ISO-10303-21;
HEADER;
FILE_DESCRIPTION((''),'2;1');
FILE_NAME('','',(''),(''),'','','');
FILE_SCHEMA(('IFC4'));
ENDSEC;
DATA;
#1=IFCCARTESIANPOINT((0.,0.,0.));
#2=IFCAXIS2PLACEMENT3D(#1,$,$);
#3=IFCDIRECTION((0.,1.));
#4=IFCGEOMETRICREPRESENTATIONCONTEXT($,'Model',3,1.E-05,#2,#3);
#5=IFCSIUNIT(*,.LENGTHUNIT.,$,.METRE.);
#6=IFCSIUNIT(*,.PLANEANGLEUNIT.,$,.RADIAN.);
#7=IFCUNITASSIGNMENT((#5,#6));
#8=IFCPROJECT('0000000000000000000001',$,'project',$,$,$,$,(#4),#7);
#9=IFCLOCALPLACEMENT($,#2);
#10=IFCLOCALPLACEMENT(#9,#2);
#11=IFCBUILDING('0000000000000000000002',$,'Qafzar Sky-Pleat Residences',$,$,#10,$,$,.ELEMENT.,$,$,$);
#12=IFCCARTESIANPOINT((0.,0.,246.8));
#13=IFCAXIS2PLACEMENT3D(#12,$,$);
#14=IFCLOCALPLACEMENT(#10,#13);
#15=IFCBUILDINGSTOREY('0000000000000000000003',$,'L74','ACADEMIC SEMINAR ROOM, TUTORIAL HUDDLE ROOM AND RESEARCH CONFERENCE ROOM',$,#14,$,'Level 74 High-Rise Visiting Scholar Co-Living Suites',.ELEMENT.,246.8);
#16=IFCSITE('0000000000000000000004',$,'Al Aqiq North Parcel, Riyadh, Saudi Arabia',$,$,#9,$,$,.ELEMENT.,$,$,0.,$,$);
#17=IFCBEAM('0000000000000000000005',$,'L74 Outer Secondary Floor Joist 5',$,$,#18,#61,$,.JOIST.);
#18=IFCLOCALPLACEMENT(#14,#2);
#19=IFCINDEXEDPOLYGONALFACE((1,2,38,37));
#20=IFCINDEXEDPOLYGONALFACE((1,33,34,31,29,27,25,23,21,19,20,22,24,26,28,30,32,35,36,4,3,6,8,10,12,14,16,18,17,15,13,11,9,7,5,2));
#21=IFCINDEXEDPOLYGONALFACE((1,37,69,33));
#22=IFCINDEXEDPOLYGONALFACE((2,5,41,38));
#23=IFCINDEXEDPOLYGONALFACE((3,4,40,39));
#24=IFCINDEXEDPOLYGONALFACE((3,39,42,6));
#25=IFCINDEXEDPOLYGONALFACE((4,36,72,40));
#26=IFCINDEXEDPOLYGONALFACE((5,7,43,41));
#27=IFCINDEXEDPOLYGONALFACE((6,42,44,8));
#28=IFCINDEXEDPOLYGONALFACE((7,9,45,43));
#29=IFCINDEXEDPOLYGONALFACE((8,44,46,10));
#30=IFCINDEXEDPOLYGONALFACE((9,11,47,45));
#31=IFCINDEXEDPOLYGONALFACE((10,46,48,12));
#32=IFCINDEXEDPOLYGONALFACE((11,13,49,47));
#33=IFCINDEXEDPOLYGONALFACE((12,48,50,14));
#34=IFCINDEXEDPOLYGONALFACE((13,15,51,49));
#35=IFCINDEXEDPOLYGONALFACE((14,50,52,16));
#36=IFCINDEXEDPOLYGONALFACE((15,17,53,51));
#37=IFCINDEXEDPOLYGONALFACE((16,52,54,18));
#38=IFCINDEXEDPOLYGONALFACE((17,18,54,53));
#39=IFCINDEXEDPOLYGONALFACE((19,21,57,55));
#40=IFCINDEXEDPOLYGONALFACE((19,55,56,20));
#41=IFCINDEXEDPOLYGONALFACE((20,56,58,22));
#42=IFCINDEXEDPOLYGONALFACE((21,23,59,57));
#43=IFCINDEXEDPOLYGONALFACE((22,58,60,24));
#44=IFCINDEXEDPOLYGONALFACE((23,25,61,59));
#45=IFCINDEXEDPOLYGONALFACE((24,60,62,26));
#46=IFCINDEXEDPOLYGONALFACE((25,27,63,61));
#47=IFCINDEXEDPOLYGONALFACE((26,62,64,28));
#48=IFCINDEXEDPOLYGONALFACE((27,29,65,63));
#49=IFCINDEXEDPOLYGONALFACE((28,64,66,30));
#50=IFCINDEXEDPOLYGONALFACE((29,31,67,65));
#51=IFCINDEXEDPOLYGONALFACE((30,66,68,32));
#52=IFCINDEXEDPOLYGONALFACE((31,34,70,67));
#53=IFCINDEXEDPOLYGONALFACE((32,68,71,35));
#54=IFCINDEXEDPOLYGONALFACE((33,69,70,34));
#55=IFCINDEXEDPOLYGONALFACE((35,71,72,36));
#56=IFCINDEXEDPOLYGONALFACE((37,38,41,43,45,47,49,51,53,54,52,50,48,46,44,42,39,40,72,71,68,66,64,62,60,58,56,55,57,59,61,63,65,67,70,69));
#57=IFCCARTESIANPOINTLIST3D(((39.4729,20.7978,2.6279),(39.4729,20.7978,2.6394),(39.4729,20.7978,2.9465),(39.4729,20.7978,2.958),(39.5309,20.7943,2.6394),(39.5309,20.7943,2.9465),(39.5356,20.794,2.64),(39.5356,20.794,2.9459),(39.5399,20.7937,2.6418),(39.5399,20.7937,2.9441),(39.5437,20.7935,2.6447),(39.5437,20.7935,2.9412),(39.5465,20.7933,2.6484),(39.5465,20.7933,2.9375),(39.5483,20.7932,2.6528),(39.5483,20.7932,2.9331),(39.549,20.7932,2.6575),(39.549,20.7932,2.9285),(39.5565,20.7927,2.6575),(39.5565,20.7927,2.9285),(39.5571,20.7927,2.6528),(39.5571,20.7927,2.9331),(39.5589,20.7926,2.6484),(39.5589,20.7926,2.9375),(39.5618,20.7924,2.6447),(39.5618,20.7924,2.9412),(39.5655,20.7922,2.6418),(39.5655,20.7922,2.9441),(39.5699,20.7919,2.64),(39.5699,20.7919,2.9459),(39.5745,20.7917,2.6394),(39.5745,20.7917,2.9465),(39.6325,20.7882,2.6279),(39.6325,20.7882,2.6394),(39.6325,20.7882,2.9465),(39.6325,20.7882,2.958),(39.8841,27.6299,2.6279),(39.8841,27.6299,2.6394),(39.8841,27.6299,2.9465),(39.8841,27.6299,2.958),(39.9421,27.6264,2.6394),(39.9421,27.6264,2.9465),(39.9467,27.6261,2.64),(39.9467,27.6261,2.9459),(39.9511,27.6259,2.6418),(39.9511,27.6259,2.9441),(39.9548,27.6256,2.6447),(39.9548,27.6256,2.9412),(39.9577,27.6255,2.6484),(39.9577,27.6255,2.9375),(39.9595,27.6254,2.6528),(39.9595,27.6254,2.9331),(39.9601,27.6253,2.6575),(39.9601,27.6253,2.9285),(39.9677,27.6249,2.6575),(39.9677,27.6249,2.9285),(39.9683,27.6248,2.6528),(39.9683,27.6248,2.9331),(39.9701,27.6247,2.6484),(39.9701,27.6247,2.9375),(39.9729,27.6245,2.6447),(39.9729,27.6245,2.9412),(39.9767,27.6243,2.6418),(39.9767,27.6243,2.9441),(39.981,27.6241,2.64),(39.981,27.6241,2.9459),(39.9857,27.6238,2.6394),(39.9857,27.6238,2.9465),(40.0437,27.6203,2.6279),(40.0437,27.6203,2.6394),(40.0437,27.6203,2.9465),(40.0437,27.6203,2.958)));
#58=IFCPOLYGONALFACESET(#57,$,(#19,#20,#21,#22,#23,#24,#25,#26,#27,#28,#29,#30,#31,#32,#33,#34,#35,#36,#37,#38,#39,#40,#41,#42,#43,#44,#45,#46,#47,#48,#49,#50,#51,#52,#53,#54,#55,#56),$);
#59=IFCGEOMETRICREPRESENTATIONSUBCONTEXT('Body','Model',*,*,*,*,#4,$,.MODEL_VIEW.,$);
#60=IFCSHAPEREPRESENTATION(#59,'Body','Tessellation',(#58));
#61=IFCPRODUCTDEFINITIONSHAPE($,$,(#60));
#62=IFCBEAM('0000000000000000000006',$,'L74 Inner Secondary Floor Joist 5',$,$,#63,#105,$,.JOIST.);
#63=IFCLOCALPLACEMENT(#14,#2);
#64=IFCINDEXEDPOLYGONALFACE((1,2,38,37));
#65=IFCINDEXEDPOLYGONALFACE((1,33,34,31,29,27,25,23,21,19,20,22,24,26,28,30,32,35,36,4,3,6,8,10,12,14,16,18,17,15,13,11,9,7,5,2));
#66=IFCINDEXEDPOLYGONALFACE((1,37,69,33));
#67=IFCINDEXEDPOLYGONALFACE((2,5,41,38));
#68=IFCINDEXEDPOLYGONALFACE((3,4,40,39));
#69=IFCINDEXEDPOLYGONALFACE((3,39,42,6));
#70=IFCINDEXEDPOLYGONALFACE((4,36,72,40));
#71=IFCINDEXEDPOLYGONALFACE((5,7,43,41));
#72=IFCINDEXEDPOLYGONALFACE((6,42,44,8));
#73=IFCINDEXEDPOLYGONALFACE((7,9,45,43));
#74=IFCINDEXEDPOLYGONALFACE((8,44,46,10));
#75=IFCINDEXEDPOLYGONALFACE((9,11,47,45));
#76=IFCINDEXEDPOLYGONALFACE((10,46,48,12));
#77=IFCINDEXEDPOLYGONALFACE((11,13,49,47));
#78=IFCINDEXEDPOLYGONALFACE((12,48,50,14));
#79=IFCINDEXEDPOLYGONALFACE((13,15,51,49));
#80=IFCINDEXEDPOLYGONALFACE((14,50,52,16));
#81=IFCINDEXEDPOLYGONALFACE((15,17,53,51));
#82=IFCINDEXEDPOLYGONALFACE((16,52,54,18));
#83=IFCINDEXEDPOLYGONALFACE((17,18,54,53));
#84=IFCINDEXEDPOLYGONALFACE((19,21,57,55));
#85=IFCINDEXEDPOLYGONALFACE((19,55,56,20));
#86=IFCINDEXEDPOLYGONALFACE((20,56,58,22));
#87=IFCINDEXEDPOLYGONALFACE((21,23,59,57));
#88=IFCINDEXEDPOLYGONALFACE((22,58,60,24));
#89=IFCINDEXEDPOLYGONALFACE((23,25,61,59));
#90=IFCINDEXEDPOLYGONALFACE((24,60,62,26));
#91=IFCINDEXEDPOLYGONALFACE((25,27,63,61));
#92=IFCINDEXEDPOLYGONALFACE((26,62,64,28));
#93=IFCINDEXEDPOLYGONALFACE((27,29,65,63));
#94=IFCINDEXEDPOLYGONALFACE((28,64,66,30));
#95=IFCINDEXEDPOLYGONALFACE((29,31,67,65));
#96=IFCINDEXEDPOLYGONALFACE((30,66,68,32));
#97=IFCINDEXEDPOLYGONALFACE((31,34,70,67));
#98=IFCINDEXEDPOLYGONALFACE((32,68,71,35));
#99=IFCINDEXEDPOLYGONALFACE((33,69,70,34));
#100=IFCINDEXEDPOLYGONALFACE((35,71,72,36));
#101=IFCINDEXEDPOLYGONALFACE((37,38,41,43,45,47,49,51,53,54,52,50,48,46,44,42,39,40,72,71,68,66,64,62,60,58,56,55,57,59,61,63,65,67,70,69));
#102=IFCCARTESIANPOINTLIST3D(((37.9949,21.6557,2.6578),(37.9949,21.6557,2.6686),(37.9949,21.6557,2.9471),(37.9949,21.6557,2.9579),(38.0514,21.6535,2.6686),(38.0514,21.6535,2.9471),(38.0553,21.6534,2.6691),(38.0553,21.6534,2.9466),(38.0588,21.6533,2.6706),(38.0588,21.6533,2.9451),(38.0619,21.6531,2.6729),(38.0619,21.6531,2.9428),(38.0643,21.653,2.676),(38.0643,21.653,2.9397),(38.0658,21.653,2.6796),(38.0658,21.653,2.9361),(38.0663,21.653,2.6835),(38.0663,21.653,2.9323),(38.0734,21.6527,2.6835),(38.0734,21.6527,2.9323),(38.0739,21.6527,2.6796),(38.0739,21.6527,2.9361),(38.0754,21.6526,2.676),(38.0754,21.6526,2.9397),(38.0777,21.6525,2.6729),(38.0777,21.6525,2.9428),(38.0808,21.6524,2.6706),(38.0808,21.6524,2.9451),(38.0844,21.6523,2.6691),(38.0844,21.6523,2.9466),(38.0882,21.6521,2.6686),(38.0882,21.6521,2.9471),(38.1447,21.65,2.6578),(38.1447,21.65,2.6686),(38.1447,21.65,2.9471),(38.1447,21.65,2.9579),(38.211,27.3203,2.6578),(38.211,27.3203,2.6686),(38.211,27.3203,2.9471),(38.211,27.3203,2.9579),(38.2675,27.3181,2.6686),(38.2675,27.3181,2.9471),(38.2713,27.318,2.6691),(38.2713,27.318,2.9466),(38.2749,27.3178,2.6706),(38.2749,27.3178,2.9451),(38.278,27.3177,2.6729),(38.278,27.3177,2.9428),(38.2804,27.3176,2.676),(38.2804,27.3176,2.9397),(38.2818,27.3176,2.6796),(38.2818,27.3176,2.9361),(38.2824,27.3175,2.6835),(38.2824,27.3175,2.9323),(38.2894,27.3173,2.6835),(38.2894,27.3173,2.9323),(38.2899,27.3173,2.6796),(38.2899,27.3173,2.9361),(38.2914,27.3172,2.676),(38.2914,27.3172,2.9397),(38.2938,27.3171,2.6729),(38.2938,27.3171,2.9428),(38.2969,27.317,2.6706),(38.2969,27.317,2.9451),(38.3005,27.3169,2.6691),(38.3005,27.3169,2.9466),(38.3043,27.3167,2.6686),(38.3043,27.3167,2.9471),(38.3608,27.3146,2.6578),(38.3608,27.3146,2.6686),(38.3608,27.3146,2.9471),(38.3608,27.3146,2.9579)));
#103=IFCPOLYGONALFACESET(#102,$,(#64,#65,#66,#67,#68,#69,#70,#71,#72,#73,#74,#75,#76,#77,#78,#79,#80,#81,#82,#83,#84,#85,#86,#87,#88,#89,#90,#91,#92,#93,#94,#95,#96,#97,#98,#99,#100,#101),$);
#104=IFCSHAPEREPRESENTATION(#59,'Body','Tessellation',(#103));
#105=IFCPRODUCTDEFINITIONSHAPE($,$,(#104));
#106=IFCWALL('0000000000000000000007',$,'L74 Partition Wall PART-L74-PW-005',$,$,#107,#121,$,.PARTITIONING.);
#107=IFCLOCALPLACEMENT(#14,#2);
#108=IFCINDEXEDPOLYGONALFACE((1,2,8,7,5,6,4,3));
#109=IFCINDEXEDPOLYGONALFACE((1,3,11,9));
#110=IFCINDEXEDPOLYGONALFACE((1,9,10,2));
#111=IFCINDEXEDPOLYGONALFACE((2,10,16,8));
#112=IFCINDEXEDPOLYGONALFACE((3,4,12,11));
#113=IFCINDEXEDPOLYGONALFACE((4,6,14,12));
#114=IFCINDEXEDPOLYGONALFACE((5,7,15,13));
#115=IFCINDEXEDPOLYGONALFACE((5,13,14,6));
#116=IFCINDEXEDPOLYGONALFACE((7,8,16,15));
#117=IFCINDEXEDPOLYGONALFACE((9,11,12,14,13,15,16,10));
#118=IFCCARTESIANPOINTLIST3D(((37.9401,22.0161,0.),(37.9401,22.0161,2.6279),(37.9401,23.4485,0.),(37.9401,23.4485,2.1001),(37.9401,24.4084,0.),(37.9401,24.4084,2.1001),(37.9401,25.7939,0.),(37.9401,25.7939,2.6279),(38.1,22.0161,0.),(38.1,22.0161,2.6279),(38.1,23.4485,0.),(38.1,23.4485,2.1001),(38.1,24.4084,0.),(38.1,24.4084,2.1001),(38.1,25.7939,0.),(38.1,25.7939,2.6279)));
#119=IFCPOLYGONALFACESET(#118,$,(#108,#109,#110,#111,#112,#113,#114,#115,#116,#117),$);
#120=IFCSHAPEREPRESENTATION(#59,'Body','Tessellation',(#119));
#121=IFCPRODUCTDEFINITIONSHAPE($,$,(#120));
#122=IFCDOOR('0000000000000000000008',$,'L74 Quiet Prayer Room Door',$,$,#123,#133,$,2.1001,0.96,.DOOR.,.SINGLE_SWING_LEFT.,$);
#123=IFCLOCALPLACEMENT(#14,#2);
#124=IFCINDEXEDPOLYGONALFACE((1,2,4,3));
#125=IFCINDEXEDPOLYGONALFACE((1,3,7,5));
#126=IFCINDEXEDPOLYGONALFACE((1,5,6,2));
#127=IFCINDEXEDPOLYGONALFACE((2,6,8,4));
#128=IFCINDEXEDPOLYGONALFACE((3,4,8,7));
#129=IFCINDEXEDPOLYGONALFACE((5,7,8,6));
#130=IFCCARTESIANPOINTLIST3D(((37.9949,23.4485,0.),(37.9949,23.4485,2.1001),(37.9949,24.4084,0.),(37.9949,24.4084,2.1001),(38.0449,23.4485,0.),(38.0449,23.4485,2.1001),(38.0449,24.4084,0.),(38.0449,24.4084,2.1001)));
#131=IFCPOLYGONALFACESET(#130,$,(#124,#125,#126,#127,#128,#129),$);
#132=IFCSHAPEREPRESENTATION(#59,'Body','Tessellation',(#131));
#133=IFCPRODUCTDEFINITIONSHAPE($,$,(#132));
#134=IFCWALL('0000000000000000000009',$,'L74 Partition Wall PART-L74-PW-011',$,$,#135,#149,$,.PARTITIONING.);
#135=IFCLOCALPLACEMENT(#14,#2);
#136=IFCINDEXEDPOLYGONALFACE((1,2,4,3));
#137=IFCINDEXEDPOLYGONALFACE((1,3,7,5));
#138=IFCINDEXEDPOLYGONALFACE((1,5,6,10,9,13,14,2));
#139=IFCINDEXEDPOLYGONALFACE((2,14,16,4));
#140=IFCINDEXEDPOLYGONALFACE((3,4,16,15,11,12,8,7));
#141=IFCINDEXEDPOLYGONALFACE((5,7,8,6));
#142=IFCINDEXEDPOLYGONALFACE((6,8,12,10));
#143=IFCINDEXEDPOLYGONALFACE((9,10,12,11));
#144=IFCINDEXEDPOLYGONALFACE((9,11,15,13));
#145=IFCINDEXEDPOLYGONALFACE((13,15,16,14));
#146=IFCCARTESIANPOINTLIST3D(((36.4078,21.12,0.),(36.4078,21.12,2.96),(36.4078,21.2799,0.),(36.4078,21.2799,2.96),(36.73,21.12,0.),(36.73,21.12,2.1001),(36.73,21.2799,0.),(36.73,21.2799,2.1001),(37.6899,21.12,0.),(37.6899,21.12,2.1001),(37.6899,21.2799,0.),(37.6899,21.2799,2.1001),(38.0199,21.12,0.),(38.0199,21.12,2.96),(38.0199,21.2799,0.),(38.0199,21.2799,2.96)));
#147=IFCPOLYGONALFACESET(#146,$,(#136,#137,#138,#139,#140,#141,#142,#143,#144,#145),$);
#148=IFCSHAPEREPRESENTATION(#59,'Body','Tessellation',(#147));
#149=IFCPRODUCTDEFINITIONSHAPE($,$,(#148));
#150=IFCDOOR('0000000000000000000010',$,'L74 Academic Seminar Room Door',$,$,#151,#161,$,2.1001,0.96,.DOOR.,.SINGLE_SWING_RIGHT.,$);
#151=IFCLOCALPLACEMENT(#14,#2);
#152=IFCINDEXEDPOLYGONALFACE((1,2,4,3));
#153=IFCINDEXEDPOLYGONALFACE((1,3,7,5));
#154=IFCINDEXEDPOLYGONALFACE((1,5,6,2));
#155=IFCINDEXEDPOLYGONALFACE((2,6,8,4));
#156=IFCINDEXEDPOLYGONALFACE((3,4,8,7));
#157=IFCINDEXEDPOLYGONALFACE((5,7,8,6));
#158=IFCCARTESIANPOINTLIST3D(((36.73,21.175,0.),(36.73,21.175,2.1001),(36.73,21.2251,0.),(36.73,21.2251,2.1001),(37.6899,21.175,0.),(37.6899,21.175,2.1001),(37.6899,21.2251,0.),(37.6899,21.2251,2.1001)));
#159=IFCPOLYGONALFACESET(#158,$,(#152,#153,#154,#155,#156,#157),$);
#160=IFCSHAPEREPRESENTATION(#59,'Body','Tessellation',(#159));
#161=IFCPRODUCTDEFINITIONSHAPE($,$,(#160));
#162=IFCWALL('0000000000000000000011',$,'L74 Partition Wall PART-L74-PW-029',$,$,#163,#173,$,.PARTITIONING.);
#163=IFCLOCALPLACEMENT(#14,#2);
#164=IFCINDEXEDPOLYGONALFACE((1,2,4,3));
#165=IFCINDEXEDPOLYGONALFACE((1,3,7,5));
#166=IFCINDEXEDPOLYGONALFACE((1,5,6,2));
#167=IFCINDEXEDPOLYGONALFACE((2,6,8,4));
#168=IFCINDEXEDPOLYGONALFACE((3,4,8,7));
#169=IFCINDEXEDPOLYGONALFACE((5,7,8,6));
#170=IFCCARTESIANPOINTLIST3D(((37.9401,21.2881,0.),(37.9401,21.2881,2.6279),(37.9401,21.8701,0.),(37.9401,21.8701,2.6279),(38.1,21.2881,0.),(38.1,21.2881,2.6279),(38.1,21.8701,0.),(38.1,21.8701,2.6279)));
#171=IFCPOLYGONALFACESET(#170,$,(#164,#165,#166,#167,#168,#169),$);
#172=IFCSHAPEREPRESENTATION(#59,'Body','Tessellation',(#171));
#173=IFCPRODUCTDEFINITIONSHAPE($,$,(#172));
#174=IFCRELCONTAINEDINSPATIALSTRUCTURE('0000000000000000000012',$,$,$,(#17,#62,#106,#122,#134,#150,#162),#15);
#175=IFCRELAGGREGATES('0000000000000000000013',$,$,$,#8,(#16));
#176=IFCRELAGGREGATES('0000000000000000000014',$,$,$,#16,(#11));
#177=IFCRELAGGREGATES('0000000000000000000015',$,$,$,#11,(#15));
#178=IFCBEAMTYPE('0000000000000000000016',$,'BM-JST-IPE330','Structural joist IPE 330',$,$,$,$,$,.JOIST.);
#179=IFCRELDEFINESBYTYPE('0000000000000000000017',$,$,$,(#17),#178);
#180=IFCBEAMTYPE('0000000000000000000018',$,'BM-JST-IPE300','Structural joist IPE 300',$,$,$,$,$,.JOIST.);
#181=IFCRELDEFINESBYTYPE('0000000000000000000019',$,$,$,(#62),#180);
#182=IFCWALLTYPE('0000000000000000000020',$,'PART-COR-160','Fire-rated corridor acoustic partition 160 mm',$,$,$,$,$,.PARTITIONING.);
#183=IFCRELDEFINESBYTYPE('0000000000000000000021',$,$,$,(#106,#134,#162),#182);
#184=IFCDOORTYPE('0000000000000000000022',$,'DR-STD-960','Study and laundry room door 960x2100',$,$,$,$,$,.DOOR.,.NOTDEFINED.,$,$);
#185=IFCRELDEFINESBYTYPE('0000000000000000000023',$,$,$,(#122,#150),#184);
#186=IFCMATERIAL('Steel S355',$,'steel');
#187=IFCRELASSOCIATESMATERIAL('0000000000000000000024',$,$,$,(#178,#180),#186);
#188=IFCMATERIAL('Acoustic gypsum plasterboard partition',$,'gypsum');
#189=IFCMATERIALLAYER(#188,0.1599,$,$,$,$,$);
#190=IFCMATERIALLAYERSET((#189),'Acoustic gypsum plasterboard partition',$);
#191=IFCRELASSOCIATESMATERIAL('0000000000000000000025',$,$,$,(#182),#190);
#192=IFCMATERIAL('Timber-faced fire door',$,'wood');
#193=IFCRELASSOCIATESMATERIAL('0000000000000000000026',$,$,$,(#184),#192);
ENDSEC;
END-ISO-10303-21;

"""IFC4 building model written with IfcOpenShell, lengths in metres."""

from ifc_helpers import new_model, si_unit, direction, frame, frame_2d, origin, origin_2d, place, context, subcontext, project, spatial, rectangle, i_section, extrude, source, transform, mapped, material, layer, layer_set, material_profile, profile_set, type_object, element, fill, save


model = new_model("IFC4")

# Units and contexts
model_context = context("Model", 3, precision=1e-05, world=origin(), true_north=direction((0.0, 1.0)))
body_context = subcontext(model_context, "Body", "Model", "MODEL_VIEW")
ifc_project = project(units=[si_unit("LENGTHUNIT", "METRE"), si_unit("PLANEANGLEUNIT", "RADIAN")], contexts=[model_context])

# Site, building, storey
site_placement = place(None, origin())
site = spatial("IfcSite", under=ifc_project, at=site_placement, Name="Al Aqiq North Parcel, Riyadh, Saudi Arabia", CompositionType="ELEMENT", RefElevation=0.0)
building_placement = place(site_placement, origin())
building = spatial("IfcBuilding", under=site, at=building_placement, Name="Qafzar Sky-Pleat Residences", CompositionType="ELEMENT")
storey_placement = place(building_placement, frame((0.0, 0.0, 246.8)))
storey = spatial("IfcBuildingStorey", under=building, at=storey_placement, Name="L74", Description="ACADEMIC SEMINAR ROOM, TUTORIAL HUDDLE ROOM AND RESEARCH CONFERENCE ROOM", LongName="Level 74 High-Rise Visiting Scholar Co-Living Suites", CompositionType="ELEMENT", Elevation=246.8)

# Shared definitions
ifc_material_1 = material(Name="Steel S355", Category="steel")

# Beams
ifc_material_profile_1 = material_profile(ifc_material_1, i_section(OverallWidth=0.1599, OverallDepth=0.3301, WebThickness=0.0076, FlangeThickness=0.0115, FilletRadius=0.0181, at=origin_2d()), Name="IPE 330")
ifc_profile_set_1 = profile_set([ifc_material_profile_1], Name="Steel S355")
beam_type_1 = type_object("IfcBeamType", Name="BM-JST-IPE330", Description="Structural joist IPE 330", PredefinedType="JOIST", material=ifc_profile_set_1)
shared_shape_1 = source(origin(), body_context, "Body", "SweptSolid", [
    extrude(i_section(OverallWidth=0.1599, OverallDepth=0.3301, WebThickness=0.0076, FlangeThickness=0.0115, FilletRadius=0.0181, at=origin_2d()), origin(), (0.0, 0.0, 1.0), 6.8445),
])
beam_1_placement = place(storey_placement, frame((39.5527, 20.793, 2.793), z_axis=(0.060069, 0.998194, 0.0), x_axis=(-0.998194, 0.060069, 0.0)))
element("IfcBeam", 1, at=beam_1_placement, inside=storey, type_object=beam_type_1, Name="L74 Outer Secondary Floor Joist 5", PredefinedType="JOIST", context=body_context, shape_type="MappedRepresentation", body=[
    mapped(shared_shape_1, transform((0.0, 0.0, 0.0), x_axis=(1.0, 0.0, 0.0), y_axis=(0.0, 1.0, 0.0), z_axis=(0.0, 0.0, 1.0), scale=1.0)),
])
ifc_material_profile_2 = material_profile(ifc_material_1, i_section(OverallWidth=0.1499, OverallDepth=0.3, WebThickness=0.0071, FlangeThickness=0.0107, FilletRadius=0.0149, at=origin_2d()), Name="IPE 300")
ifc_profile_set_2 = profile_set([ifc_material_profile_2], Name="Steel S355")
beam_type_2 = type_object("IfcBeamType", Name="BM-JST-IPE300", Description="Structural joist IPE 300", PredefinedType="JOIST", material=ifc_profile_set_2)
shared_shape_2 = source(origin(), body_context, "Body", "SweptSolid", [
    extrude(i_section(OverallWidth=0.1499, OverallDepth=0.3, WebThickness=0.0071, FlangeThickness=0.0107, FilletRadius=0.0149, at=origin_2d()), origin(), (0.0, 0.0, 1.0), 5.6687),
])
beam_2_placement = place(storey_placement, frame((38.0698, 21.6528, 2.8079), z_axis=(0.038116, 0.999273, 0.0), x_axis=(-0.999273, 0.038116, 0.0)))
element("IfcBeam", 2, at=beam_2_placement, inside=storey, type_object=beam_type_2, Name="L74 Inner Secondary Floor Joist 5", PredefinedType="JOIST", context=body_context, shape_type="MappedRepresentation", body=[
    mapped(shared_shape_2, transform((0.0, 0.0, 0.0), x_axis=(1.0, 0.0, 0.0), y_axis=(0.0, 1.0, 0.0), z_axis=(0.0, 0.0, 1.0), scale=1.0)),
])

# Walls, openings, doors
ifc_material_2 = material(Name="Acoustic gypsum plasterboard partition", Category="gypsum")
ifc_layer_1 = layer(ifc_material_2, 0.1599)
ifc_layer_set_1 = layer_set([ifc_layer_1], Name="Acoustic gypsum plasterboard partition")
wall_type_1 = type_object("IfcWallType", Name="PART-COR-160", Description="Fire-rated corridor acoustic partition 160 mm", PredefinedType="PARTITIONING", material=ifc_layer_set_1)
wall_1_placement = place(storey_placement, frame((38.02, 25.7939, 0.0), z_axis=(0.0, 0.0, 1.0), x_axis=(0.0, -1.0, 0.0)))
wall_1 = element("IfcWall", 3, at=wall_1_placement, inside=storey, type_object=wall_type_1, Name="L74 Partition Wall PART-L74-PW-005", PredefinedType="PARTITIONING", context=body_context, shape_type="SweptSolid", body=[
    extrude(rectangle(XDim=3.7778, YDim=0.1599, at=frame_2d((1.8889, 0.0))), origin(), (0.0, 0.0, 1.0), 2.6279),
])
opening_1_placement = place(wall_1_placement, frame((1.3855, 0.0, 0.0)))
opening_1 = element("IfcOpeningElement", 4, at=opening_1_placement, cuts=wall_1, PredefinedType="OPENING", context=body_context, shape_type="SweptSolid", body=[
    extrude(rectangle(XDim=0.96, YDim=2.1001, at=frame_2d((0.48, 1.05))), frame((0.0, 0.0898, 0.0), z_axis=(0.0, -1.0, 0.0), x_axis=(1.0, 0.0, 0.0)), (0.0, 0.0, 1.0), 0.1799),
])
ifc_material_3 = material(Name="Timber-faced fire door", Category="wood")
door_type = type_object("IfcDoorType", Name="DR-STD-960", Description="Study and laundry room door 960x2100", OperationType="NOTDEFINED", PredefinedType="DOOR", material=ifc_material_3)
shared_shape_3 = source(origin(), body_context, "Body", "SweptSolid", [
    extrude(rectangle(XDim=0.96, YDim=2.1001, at=frame_2d((0.48, 1.05))), frame((0.0, 0.0249, 0.0), z_axis=(0.0, -1.0, 0.0), x_axis=(1.0, 0.0, 0.0)), (0.0, 0.0, 1.0), 0.05),
])
door_1_placement = place(opening_1_placement, origin())
door_1 = element("IfcDoor", 5, at=door_1_placement, inside=storey, type_object=door_type, Name="L74 Quiet Prayer Room Door", OperationType="SINGLE_SWING_LEFT", OverallHeight=2.1001, OverallWidth=0.96, PredefinedType="DOOR", context=body_context, shape_type="MappedRepresentation", body=[
    mapped(shared_shape_3, transform((0.0, 0.0, 0.0), x_axis=(1.0, 0.0, 0.0), y_axis=(0.0, 1.0, 0.0), z_axis=(0.0, 0.0, 1.0), scale=1.0)),
])
fill(opening_1, door_1)
wall_2_placement = place(storey_placement, frame((38.02, 21.2, 0.0), z_axis=(0.0, 0.0, 1.0), x_axis=(-1.0, 0.0, 0.0)))
wall_2 = element("IfcWall", 6, at=wall_2_placement, inside=storey, type_object=wall_type_1, Name="L74 Partition Wall PART-L74-PW-011", PredefinedType="PARTITIONING", context=body_context, shape_type="SweptSolid", body=[
    extrude(rectangle(XDim=1.6121, YDim=0.1599, at=frame_2d((0.8062, 0.0))), origin(), (0.0, 0.0, 1.0), 2.96),
])
opening_2_placement = place(wall_2_placement, frame((0.3301, 0.0, 0.0)))
opening_2 = element("IfcOpeningElement", 7, at=opening_2_placement, cuts=wall_2, PredefinedType="OPENING", context=body_context, shape_type="SweptSolid", body=[
    extrude(rectangle(XDim=0.96, YDim=2.1001, at=frame_2d((0.48, 1.05))), frame((0.0, 0.0898, 0.0), z_axis=(0.0, -1.0, 0.0), x_axis=(1.0, 0.0, 0.0)), (0.0, 0.0, 1.0), 0.1799),
])
door_2_placement = place(opening_2_placement, origin())
door_2 = element("IfcDoor", 8, at=door_2_placement, inside=storey, type_object=door_type, Name="L74 Academic Seminar Room Door", OperationType="SINGLE_SWING_RIGHT", OverallHeight=2.1001, OverallWidth=0.96, PredefinedType="DOOR", context=body_context, shape_type="MappedRepresentation", body=[
    mapped(shared_shape_3, transform((0.0, 0.0, 0.0), x_axis=(1.0, 0.0, 0.0), y_axis=(0.0, 1.0, 0.0), z_axis=(0.0, 0.0, 1.0), scale=1.0)),
])
fill(opening_2, door_2)

# Wall
wall_3_placement = place(storey_placement, frame((38.02, 21.2881, 0.0), z_axis=(0.0, 0.0, 1.0), x_axis=(0.0, 1.0, 0.0)))
element("IfcWall", 9, at=wall_3_placement, inside=storey, type_object=wall_type_1, Name="L74 Partition Wall PART-L74-PW-029", PredefinedType="PARTITIONING", context=body_context, shape_type="SweptSolid", body=[
    extrude(rectangle(XDim=0.582, YDim=0.1599, at=frame_2d((0.291, 0.0))), origin(), (0.0, 0.0, 1.0), 2.6279),
])

save(model, "model.ifc")
